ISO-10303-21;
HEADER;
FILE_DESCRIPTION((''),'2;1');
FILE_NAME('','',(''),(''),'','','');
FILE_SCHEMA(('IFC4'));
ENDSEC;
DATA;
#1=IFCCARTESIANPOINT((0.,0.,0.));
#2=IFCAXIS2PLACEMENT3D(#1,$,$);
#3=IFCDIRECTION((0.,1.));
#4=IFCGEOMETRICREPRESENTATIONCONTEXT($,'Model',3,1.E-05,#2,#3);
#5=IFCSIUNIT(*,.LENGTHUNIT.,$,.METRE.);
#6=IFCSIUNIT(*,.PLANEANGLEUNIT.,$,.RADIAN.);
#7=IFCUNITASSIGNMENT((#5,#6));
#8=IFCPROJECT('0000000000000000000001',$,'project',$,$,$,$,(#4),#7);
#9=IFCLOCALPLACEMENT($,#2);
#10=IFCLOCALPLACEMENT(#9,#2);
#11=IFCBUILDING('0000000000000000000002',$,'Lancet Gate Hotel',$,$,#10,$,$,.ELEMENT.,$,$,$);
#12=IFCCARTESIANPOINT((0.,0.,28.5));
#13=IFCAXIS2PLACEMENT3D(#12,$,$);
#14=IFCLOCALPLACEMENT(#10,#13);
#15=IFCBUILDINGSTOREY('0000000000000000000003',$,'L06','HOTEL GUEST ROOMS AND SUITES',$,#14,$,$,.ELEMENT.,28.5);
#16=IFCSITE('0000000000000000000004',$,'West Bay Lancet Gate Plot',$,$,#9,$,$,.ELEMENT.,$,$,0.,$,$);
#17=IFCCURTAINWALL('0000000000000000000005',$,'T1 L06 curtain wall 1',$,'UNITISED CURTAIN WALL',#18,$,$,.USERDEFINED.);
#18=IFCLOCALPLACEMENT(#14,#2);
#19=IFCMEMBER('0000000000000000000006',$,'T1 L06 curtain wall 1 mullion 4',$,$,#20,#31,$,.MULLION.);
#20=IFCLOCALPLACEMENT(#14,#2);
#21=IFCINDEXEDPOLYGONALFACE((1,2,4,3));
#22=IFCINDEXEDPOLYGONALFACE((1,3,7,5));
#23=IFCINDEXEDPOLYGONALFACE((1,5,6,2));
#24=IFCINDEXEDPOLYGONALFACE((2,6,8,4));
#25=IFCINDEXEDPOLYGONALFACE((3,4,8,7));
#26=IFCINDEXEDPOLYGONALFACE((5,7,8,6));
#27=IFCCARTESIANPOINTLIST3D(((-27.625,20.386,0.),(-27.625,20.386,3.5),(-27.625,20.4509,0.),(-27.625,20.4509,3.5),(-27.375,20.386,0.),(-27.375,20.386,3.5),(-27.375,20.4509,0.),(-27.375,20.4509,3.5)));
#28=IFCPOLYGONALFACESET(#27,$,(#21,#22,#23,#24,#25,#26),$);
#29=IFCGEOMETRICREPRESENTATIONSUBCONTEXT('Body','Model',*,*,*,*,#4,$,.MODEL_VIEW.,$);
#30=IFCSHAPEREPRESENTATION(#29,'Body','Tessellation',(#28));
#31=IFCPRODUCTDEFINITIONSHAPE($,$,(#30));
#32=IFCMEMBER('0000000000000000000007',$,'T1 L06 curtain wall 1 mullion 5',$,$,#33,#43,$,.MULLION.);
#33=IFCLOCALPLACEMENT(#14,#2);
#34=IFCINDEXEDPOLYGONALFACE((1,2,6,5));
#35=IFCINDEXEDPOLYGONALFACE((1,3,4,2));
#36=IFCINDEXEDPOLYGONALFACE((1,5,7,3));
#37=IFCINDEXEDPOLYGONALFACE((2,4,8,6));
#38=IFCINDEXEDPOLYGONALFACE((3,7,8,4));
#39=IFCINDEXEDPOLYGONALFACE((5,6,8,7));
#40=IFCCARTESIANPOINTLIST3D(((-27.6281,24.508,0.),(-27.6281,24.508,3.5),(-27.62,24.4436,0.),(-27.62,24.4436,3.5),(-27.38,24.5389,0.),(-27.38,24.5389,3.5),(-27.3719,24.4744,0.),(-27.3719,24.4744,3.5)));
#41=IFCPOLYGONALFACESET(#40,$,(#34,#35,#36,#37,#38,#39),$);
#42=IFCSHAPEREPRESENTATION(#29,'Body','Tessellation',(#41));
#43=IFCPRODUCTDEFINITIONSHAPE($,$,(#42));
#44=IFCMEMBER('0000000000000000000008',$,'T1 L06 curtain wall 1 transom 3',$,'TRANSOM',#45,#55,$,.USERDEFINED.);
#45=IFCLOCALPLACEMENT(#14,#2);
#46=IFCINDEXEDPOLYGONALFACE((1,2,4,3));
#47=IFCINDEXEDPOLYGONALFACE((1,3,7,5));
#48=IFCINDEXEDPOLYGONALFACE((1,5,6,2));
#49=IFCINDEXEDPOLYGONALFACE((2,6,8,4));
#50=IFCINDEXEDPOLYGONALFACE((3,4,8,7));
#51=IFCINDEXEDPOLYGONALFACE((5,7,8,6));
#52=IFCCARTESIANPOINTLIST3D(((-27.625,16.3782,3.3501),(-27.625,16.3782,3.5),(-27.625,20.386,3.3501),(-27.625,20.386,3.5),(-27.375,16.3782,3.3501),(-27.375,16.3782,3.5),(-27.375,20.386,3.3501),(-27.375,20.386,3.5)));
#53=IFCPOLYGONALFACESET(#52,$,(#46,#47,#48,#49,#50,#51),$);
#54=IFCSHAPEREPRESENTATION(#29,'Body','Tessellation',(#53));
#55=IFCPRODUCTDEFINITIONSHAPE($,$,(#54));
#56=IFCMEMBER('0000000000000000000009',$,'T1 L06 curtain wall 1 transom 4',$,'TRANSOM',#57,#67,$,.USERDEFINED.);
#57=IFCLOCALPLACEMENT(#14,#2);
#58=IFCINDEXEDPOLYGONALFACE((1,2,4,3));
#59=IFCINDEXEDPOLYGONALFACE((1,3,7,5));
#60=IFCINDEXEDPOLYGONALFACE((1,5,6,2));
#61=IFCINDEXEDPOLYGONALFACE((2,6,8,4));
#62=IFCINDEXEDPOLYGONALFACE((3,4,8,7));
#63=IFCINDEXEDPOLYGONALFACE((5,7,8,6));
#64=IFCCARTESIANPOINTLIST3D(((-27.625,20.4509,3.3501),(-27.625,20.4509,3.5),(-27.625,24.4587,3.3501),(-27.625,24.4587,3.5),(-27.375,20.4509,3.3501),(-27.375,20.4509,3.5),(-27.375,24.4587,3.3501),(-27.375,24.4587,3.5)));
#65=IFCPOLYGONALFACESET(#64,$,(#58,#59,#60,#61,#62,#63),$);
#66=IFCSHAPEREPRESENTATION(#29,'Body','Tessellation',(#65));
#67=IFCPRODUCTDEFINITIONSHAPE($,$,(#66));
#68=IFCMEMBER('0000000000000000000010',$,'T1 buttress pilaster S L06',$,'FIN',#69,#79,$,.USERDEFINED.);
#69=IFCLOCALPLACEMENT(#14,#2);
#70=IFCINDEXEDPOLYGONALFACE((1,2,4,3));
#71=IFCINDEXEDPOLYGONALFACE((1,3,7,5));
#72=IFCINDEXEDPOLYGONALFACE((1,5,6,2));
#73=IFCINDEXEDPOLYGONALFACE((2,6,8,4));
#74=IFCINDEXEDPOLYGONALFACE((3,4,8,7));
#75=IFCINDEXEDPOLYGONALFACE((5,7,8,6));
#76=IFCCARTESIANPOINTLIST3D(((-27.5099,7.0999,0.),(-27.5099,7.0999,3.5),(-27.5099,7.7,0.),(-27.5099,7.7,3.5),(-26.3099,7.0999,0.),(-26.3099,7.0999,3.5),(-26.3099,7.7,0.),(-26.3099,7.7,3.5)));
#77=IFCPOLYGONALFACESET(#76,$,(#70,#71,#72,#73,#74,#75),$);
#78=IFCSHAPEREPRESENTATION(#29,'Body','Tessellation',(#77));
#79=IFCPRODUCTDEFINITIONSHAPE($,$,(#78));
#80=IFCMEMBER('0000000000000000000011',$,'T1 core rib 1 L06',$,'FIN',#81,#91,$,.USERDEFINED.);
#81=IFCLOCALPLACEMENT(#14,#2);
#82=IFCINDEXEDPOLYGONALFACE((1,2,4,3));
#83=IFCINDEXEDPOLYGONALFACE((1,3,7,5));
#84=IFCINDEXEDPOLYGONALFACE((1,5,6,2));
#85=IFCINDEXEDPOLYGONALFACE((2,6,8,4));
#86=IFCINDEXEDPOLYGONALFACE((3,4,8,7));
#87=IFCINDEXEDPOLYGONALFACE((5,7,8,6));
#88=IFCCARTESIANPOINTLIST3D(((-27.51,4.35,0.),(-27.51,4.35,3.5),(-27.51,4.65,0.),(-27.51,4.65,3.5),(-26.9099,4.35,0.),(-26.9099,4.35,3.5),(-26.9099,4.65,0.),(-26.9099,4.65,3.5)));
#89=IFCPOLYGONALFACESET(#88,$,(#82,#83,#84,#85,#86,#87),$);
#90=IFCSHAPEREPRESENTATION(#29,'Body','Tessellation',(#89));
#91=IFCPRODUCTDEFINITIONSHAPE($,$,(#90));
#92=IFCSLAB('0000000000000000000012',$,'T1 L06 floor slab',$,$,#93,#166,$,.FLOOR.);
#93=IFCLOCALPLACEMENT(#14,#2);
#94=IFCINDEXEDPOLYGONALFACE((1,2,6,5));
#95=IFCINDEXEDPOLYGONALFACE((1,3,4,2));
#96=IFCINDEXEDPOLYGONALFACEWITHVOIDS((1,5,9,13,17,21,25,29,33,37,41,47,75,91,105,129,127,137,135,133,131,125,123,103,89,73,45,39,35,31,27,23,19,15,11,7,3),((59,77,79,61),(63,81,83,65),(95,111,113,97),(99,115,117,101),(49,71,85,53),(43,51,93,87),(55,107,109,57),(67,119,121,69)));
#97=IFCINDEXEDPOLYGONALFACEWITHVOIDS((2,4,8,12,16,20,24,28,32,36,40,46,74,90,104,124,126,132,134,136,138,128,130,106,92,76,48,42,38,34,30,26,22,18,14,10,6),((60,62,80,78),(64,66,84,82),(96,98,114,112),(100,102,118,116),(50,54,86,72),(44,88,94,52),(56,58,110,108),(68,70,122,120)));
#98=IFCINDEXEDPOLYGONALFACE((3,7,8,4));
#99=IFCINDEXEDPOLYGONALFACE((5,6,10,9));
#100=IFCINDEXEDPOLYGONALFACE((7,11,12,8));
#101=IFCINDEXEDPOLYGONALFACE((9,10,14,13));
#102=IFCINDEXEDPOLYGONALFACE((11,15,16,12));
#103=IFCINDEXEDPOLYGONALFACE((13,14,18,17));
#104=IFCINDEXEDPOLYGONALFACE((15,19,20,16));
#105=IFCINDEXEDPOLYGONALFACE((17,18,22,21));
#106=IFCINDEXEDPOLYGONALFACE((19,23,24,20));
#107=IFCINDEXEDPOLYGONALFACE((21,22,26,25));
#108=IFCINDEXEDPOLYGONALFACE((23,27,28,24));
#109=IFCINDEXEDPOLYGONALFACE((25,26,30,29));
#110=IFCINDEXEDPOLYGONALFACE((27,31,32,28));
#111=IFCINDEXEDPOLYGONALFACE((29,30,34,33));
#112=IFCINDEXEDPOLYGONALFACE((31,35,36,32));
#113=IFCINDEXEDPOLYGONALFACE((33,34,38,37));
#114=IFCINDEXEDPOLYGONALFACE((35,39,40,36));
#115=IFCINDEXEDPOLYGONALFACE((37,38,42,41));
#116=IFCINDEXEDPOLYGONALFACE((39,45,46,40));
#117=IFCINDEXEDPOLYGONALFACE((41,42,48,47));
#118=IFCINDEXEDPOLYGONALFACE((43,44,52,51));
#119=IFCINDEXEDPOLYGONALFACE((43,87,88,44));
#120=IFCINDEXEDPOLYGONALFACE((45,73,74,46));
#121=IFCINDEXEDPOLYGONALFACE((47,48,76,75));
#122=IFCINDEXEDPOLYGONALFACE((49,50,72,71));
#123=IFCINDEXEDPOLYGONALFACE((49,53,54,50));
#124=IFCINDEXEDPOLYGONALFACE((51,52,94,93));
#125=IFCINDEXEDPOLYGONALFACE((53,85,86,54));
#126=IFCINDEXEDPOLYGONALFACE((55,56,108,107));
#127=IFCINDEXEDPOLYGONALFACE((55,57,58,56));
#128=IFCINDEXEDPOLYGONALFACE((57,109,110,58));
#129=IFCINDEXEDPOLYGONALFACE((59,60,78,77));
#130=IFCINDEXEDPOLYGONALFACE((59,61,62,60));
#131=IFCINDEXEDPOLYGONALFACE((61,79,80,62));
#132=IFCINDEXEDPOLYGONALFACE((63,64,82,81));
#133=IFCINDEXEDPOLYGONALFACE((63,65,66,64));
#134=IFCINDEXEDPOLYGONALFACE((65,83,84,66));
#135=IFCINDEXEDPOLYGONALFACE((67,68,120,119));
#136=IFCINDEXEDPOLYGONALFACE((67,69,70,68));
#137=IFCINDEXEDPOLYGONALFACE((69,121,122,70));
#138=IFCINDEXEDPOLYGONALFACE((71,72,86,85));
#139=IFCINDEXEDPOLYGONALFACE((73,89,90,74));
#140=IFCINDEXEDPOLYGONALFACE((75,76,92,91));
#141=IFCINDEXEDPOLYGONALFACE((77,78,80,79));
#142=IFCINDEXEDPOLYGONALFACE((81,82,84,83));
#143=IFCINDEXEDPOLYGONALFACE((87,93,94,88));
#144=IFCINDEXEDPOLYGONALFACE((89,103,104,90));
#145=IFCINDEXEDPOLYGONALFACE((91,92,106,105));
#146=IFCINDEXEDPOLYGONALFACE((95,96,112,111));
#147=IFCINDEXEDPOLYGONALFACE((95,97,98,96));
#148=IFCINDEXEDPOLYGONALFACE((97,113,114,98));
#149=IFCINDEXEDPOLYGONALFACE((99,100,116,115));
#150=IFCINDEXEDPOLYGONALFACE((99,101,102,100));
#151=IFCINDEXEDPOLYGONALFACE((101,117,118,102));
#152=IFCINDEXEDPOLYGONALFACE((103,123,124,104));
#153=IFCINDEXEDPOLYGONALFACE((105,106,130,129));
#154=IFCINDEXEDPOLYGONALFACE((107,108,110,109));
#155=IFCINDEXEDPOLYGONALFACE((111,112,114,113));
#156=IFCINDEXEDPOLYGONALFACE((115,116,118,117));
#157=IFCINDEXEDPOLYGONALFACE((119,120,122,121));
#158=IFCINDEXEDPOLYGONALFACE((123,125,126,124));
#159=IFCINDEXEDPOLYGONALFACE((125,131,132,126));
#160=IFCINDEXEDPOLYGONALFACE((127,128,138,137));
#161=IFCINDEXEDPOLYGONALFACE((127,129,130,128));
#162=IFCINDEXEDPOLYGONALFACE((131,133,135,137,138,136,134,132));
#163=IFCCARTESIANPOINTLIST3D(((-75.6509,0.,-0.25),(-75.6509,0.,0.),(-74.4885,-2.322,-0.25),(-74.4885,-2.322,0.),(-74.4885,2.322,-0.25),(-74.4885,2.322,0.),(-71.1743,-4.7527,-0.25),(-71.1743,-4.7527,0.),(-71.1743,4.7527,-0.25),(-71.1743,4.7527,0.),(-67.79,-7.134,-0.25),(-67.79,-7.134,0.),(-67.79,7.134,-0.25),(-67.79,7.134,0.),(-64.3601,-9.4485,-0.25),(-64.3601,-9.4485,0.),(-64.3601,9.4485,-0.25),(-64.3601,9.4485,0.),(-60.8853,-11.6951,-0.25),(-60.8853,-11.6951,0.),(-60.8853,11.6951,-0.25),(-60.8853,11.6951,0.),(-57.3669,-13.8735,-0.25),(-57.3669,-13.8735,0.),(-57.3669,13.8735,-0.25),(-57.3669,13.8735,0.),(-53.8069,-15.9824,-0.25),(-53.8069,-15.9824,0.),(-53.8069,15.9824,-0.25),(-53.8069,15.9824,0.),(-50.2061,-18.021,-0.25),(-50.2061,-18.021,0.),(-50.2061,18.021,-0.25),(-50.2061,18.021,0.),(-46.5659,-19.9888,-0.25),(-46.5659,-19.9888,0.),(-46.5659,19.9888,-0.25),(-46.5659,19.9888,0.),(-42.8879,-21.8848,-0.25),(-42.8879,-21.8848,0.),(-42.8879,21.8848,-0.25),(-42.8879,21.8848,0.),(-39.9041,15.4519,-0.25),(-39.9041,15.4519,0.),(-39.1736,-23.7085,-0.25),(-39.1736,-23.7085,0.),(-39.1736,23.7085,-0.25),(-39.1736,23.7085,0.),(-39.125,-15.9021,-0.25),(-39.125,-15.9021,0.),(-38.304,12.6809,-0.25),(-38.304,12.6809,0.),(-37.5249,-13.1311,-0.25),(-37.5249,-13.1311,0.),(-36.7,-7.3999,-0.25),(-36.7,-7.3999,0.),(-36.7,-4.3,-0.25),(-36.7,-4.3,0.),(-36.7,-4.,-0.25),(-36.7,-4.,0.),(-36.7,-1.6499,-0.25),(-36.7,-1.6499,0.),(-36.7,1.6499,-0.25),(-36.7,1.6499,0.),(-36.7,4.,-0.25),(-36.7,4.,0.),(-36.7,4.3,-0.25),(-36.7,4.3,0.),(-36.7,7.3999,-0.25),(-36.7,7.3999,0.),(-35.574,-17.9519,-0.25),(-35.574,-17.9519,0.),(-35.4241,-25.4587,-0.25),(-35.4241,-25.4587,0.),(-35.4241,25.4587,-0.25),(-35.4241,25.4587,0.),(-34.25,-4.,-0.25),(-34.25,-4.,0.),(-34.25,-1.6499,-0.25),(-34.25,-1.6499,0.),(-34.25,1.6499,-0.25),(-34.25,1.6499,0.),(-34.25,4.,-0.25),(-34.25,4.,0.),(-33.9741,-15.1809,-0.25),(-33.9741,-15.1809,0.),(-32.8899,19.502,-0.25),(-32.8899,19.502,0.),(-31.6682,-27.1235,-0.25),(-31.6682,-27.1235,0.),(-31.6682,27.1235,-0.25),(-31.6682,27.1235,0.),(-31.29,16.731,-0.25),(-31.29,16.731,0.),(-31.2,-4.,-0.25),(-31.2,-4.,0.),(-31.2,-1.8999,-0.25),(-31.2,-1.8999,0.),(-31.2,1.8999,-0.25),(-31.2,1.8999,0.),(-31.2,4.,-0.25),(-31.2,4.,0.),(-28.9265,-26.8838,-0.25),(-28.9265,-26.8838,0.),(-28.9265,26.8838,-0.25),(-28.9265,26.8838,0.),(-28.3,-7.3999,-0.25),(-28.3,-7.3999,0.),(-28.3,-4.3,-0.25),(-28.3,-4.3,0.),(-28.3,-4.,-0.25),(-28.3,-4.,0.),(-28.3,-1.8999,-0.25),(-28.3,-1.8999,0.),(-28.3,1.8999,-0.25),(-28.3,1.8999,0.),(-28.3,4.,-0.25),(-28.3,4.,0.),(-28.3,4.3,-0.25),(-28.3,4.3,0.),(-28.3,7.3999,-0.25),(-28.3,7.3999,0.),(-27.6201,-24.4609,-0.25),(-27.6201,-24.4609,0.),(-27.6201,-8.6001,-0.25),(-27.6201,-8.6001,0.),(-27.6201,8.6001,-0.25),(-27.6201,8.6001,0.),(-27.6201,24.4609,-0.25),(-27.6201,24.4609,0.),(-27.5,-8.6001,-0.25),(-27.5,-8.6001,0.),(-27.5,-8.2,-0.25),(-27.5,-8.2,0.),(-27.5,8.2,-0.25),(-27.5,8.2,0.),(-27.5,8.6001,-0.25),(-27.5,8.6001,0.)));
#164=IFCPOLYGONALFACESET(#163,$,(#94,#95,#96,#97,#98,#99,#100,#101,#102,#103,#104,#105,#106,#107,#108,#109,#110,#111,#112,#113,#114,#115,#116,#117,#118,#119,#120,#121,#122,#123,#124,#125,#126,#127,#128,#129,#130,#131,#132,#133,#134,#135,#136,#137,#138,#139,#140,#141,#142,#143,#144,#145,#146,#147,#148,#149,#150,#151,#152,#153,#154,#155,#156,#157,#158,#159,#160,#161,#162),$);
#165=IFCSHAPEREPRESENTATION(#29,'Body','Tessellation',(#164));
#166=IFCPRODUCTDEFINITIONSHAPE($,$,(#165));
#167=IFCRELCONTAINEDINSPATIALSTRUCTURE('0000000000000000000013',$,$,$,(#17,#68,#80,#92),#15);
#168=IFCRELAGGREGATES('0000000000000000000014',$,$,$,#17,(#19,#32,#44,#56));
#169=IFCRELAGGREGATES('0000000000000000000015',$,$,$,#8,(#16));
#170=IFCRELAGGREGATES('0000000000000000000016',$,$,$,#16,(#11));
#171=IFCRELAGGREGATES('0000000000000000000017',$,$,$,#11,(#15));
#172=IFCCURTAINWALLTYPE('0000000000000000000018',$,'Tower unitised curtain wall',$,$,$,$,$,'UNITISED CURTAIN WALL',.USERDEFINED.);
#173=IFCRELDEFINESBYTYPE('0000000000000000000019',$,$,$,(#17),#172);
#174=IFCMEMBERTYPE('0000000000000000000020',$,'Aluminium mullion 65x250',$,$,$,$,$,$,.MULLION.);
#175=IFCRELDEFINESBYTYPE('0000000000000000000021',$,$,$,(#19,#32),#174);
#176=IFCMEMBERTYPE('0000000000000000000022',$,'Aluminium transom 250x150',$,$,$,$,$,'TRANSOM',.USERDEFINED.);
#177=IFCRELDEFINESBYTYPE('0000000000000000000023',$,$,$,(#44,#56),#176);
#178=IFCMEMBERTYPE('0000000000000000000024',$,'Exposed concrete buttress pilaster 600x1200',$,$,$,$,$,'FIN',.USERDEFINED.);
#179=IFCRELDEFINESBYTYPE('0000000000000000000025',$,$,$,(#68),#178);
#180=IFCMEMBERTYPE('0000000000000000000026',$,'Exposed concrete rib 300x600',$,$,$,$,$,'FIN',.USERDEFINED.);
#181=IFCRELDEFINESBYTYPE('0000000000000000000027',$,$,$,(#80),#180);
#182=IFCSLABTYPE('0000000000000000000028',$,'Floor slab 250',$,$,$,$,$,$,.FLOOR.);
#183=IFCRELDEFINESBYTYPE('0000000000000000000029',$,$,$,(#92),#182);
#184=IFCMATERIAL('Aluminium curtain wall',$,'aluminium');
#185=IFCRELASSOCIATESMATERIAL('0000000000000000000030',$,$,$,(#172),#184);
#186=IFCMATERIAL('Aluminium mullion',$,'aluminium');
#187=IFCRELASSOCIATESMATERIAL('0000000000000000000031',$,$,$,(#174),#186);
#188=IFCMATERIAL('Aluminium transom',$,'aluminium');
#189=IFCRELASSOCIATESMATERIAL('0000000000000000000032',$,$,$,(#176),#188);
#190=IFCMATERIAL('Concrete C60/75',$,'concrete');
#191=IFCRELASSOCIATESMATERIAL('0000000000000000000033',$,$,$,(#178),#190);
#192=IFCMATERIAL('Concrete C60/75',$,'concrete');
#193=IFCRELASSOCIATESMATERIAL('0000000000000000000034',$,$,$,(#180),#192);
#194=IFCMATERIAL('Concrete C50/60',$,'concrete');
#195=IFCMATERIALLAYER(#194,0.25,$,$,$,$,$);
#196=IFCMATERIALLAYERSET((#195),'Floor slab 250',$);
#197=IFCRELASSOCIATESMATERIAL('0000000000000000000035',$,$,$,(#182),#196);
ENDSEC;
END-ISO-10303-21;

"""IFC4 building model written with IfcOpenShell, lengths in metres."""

from ifc_helpers import new_model, si_unit, direction, frame, origin, origin_2d, place, context, subcontext, project, spatial, polyline, rectangle, outline, extrude, material, layer, layer_set, material_profile, profile_set, type_object, element, aggregate, save


model = new_model("IFC4")

# Units and contexts
model_context = context("Model", 3, precision=1e-05, world=origin(), true_north=direction((0.0, 1.0)))
body_context = subcontext(model_context, "Body", "Model", "MODEL_VIEW")
ifc_project = project(units=[si_unit("LENGTHUNIT", "METRE"), si_unit("PLANEANGLEUNIT", "RADIAN")], contexts=[model_context])

# Site, building, storey
site_placement = place(None, origin())
site = spatial("IfcSite", under=ifc_project, at=site_placement, Name="West Bay Lancet Gate Plot", CompositionType="ELEMENT", RefElevation=0.0)
building_placement = place(site_placement, origin())
building = spatial("IfcBuilding", under=site, at=building_placement, Name="Lancet Gate Hotel", CompositionType="ELEMENT")
storey_placement = place(building_placement, frame((0.0, 0.0, 28.5)))
storey = spatial("IfcBuildingStorey", under=building, at=storey_placement, Name="L06", Description="HOTEL GUEST ROOMS AND SUITES", CompositionType="ELEMENT", Elevation=28.5)

# Curtain wall, members
ifc_material_1 = material(Name="Aluminium curtain wall", Category="aluminium")
curtain_wall_type = type_object("IfcCurtainWallType", Name="Tower unitised curtain wall", ElementType="UNITISED CURTAIN WALL", PredefinedType="USERDEFINED", material=ifc_material_1)
curtain_wall_placement = place(storey_placement, origin())
curtain_wall = element("IfcCurtainWall", 1, at=curtain_wall_placement, inside=storey, type_object=curtain_wall_type, Name="T1 L06 curtain wall 1", ObjectType="UNITISED CURTAIN WALL", PredefinedType="USERDEFINED")
ifc_material_2 = material(Name="Aluminium mullion", Category="aluminium")
ifc_material_profile_1 = material_profile(ifc_material_2, rectangle(XDim=0.0649, YDim=0.25, at=origin_2d()), Name="MULLION 65x250")
ifc_profile_set_1 = profile_set([ifc_material_profile_1], Name="Aluminium mullion")
member_type_1 = type_object("IfcMemberType", Name="Aluminium mullion 65x250", PredefinedType="MULLION", material=ifc_profile_set_1)
member_1_placement = place(storey_placement, frame((-27.5, 20.4185, 0.0), z_axis=(0.0, 0.0, 1.0), x_axis=(0.0, 1.0, 0.0)))
member_1 = element("IfcMember", 2, at=member_1_placement, type_object=member_type_1, Name="T1 L06 curtain wall 1 mullion 4", PredefinedType="MULLION", context=body_context, shape_type="SweptSolid", body=[
    extrude(rectangle(XDim=0.0649, YDim=0.25, at=origin_2d()), origin(), (0.0, 0.0, 1.0), 3.5),
])
member_2_placement = place(storey_placement, frame((-27.5, 24.4912, 0.0), z_axis=(0.0, 0.0, 1.0), x_axis=(-0.123483, 0.992347, 0.0)))
member_2 = element("IfcMember", 3, at=member_2_placement, type_object=member_type_1, Name="T1 L06 curtain wall 1 mullion 5", PredefinedType="MULLION", context=body_context, shape_type="SweptSolid", body=[
    extrude(rectangle(XDim=0.0649, YDim=0.25, at=origin_2d()), origin(), (0.0, 0.0, 1.0), 3.5),
])
ifc_material_3 = material(Name="Aluminium transom", Category="aluminium")
ifc_material_profile_2 = material_profile(ifc_material_3, rectangle(XDim=0.25, YDim=0.1499, at=origin_2d()), Name="TRANSOM 250x150")
ifc_profile_set_2 = profile_set([ifc_material_profile_2], Name="Aluminium transom")
member_type_2 = type_object("IfcMemberType", Name="Aluminium transom 250x150", ElementType="TRANSOM", PredefinedType="USERDEFINED", material=ifc_profile_set_2)
member_3_placement = place(storey_placement, frame((-27.5, 16.3782, 3.425), z_axis=(0.0, 1.0, 0.0), x_axis=(-1.0, 0.0, 0.0)))
member_3 = element("IfcMember", 4, at=member_3_placement, type_object=member_type_2, Name="T1 L06 curtain wall 1 transom 3", ObjectType="TRANSOM", PredefinedType="USERDEFINED", context=body_context, shape_type="SweptSolid", body=[
    extrude(rectangle(XDim=0.25, YDim=0.1499, at=origin_2d()), origin(), (0.0, 0.0, 1.0), 4.0078),
])
member_4_placement = place(storey_placement, frame((-27.5, 20.4509, 3.425), z_axis=(0.0, 1.0, 0.0), x_axis=(-1.0, 0.0, 0.0)))
member_4 = element("IfcMember", 5, at=member_4_placement, type_object=member_type_2, Name="T1 L06 curtain wall 1 transom 4", ObjectType="TRANSOM", PredefinedType="USERDEFINED", context=body_context, shape_type="SweptSolid", body=[
    extrude(rectangle(XDim=0.25, YDim=0.1499, at=origin_2d()), origin(), (0.0, 0.0, 1.0), 4.0078),
])

# Members
ifc_material_4 = material(Name="Concrete C60/75", Category="concrete")
ifc_material_profile_3 = material_profile(ifc_material_4, rectangle(XDim=0.6001, YDim=1.2, at=origin_2d()), Name="FIN 600x1200")
ifc_profile_set_3 = profile_set([ifc_material_profile_3], Name="Concrete C60/75")
member_type_3 = type_object("IfcMemberType", Name="Exposed concrete buttress pilaster 600x1200", ElementType="FIN", PredefinedType="USERDEFINED", material=ifc_profile_set_3)
member_5_placement = place(storey_placement, frame((-26.9099, 7.3999, 0.0), z_axis=(0.0, 0.0, 1.0), x_axis=(0.0, 1.0, 0.0)))
element("IfcMember", 6, at=member_5_placement, inside=storey, type_object=member_type_3, Name="T1 buttress pilaster S L06", ObjectType="FIN", PredefinedType="USERDEFINED", context=body_context, shape_type="SweptSolid", body=[
    extrude(rectangle(XDim=0.6001, YDim=1.2, at=origin_2d()), origin(), (0.0, 0.0, 1.0), 3.5),
])
ifc_material_5 = material(Name="Concrete C60/75", Category="concrete")
ifc_material_profile_4 = material_profile(ifc_material_5, rectangle(XDim=0.3, YDim=0.6001, at=origin_2d()), Name="FIN 300x600")
ifc_profile_set_4 = profile_set([ifc_material_profile_4], Name="Concrete C60/75")
member_type_4 = type_object("IfcMemberType", Name="Exposed concrete rib 300x600", ElementType="FIN", PredefinedType="USERDEFINED", material=ifc_profile_set_4)
member_6_placement = place(storey_placement, frame((-27.21, 4.5, 0.0), z_axis=(0.0, 0.0, 1.0), x_axis=(0.0, 1.0, 0.0)))
element("IfcMember", 7, at=member_6_placement, inside=storey, type_object=member_type_4, Name="T1 core rib 1 L06", ObjectType="FIN", PredefinedType="USERDEFINED", context=body_context, shape_type="SweptSolid", body=[
    extrude(rectangle(XDim=0.3, YDim=0.6001, at=origin_2d()), origin(), (0.0, 0.0, 1.0), 3.5),
])

# Slab
ifc_material_6 = material(Name="Concrete C50/60", Category="concrete")
ifc_layer_1 = layer(ifc_material_6, 0.25)
ifc_layer_set_1 = layer_set([ifc_layer_1], Name="Floor slab 250")
slab_type_1 = type_object("IfcSlabType", Name="Floor slab 250", PredefinedType="FLOOR", material=ifc_layer_set_1)
slab_1_placement = place(storey_placement, frame((0.0, 0.0, -0.25)))
element("IfcSlab", 8, at=slab_1_placement, inside=storey, type_object=slab_type_1, Name="T1 L06 floor slab", PredefinedType="FLOOR", context=body_context, shape_type="SweptSolid", body=[
    extrude(outline(polyline([(-27.5, 8.6001), (-27.6201, 8.6001), (-27.6201, 24.4609), (-28.9265, 26.8838), (-31.6682, 27.1235), (-35.4241, 25.4587), (-39.1736, 23.7085), (-42.8879, 21.8848), (-46.5659, 19.9888), (-50.2061, 18.021), (-53.8069, 15.9824), (-57.3669, 13.8735), (-60.8853, 11.6951), (-64.3601, 9.4485), (-67.79, 7.134), (-71.1743, 4.7527), (-74.4885, 2.322), (-75.6509, 0.0), (-74.4885, -2.322), (-71.1743, -4.7527), (-67.79, -7.134), (-64.3601, -9.4485), (-60.8853, -11.6951), (-57.3669, -13.8735), (-53.8069, -15.9824), (-50.2061, -18.021), (-46.5659, -19.9888), (-42.8879, -21.8848), (-39.1736, -23.7085), (-35.4241, -25.4587), (-31.6682, -27.1235), (-28.9265, -26.8838), (-27.6201, -24.4609), (-27.6201, -8.6001), (-27.5, -8.6001), (-27.5, -8.2), (-27.5, 8.2), (-27.5, 8.6001)]), holes=[polyline([(-36.7, 7.3999), (-36.7, 4.3), (-28.3, 4.3), (-28.3, 7.3999), (-36.7, 7.3999)]), polyline([(-28.3, 4.0), (-31.2, 4.0), (-31.2, 1.8999), (-28.3, 1.8999), (-28.3, 4.0)]), polyline([(-34.25, 4.0), (-36.7, 4.0), (-36.7, 1.6499), (-34.25, 1.6499), (-34.25, 4.0)]), polyline([(-36.7, -1.6499), (-36.7, -4.0), (-34.25, -4.0), (-34.25, -1.6499), (-36.7, -1.6499)]), polyline([(-28.3, -1.8999), (-31.2, -1.8999), (-31.2, -4.0), (-28.3, -4.0), (-28.3, -1.8999)]), polyline([(-28.3, -4.3), (-36.7, -4.3), (-36.7, -7.3999), (-28.3, -7.3999), (-28.3, -4.3)]), polyline([(-31.29, 16.731), (-32.8899, 19.502), (-39.9041, 15.4519), (-38.304, 12.6809), (-31.29, 16.731)]), polyline([(-33.9741, -15.1809), (-37.5249, -13.1311), (-39.125, -15.9021), (-35.574, -17.9519), (-33.9741, -15.1809)])]), origin(), (0.0, 0.0, 1.0), 0.25),
])

aggregate(curtain_wall, [member_1, member_2, member_3, member_4])

save(model, "model.ifc")
